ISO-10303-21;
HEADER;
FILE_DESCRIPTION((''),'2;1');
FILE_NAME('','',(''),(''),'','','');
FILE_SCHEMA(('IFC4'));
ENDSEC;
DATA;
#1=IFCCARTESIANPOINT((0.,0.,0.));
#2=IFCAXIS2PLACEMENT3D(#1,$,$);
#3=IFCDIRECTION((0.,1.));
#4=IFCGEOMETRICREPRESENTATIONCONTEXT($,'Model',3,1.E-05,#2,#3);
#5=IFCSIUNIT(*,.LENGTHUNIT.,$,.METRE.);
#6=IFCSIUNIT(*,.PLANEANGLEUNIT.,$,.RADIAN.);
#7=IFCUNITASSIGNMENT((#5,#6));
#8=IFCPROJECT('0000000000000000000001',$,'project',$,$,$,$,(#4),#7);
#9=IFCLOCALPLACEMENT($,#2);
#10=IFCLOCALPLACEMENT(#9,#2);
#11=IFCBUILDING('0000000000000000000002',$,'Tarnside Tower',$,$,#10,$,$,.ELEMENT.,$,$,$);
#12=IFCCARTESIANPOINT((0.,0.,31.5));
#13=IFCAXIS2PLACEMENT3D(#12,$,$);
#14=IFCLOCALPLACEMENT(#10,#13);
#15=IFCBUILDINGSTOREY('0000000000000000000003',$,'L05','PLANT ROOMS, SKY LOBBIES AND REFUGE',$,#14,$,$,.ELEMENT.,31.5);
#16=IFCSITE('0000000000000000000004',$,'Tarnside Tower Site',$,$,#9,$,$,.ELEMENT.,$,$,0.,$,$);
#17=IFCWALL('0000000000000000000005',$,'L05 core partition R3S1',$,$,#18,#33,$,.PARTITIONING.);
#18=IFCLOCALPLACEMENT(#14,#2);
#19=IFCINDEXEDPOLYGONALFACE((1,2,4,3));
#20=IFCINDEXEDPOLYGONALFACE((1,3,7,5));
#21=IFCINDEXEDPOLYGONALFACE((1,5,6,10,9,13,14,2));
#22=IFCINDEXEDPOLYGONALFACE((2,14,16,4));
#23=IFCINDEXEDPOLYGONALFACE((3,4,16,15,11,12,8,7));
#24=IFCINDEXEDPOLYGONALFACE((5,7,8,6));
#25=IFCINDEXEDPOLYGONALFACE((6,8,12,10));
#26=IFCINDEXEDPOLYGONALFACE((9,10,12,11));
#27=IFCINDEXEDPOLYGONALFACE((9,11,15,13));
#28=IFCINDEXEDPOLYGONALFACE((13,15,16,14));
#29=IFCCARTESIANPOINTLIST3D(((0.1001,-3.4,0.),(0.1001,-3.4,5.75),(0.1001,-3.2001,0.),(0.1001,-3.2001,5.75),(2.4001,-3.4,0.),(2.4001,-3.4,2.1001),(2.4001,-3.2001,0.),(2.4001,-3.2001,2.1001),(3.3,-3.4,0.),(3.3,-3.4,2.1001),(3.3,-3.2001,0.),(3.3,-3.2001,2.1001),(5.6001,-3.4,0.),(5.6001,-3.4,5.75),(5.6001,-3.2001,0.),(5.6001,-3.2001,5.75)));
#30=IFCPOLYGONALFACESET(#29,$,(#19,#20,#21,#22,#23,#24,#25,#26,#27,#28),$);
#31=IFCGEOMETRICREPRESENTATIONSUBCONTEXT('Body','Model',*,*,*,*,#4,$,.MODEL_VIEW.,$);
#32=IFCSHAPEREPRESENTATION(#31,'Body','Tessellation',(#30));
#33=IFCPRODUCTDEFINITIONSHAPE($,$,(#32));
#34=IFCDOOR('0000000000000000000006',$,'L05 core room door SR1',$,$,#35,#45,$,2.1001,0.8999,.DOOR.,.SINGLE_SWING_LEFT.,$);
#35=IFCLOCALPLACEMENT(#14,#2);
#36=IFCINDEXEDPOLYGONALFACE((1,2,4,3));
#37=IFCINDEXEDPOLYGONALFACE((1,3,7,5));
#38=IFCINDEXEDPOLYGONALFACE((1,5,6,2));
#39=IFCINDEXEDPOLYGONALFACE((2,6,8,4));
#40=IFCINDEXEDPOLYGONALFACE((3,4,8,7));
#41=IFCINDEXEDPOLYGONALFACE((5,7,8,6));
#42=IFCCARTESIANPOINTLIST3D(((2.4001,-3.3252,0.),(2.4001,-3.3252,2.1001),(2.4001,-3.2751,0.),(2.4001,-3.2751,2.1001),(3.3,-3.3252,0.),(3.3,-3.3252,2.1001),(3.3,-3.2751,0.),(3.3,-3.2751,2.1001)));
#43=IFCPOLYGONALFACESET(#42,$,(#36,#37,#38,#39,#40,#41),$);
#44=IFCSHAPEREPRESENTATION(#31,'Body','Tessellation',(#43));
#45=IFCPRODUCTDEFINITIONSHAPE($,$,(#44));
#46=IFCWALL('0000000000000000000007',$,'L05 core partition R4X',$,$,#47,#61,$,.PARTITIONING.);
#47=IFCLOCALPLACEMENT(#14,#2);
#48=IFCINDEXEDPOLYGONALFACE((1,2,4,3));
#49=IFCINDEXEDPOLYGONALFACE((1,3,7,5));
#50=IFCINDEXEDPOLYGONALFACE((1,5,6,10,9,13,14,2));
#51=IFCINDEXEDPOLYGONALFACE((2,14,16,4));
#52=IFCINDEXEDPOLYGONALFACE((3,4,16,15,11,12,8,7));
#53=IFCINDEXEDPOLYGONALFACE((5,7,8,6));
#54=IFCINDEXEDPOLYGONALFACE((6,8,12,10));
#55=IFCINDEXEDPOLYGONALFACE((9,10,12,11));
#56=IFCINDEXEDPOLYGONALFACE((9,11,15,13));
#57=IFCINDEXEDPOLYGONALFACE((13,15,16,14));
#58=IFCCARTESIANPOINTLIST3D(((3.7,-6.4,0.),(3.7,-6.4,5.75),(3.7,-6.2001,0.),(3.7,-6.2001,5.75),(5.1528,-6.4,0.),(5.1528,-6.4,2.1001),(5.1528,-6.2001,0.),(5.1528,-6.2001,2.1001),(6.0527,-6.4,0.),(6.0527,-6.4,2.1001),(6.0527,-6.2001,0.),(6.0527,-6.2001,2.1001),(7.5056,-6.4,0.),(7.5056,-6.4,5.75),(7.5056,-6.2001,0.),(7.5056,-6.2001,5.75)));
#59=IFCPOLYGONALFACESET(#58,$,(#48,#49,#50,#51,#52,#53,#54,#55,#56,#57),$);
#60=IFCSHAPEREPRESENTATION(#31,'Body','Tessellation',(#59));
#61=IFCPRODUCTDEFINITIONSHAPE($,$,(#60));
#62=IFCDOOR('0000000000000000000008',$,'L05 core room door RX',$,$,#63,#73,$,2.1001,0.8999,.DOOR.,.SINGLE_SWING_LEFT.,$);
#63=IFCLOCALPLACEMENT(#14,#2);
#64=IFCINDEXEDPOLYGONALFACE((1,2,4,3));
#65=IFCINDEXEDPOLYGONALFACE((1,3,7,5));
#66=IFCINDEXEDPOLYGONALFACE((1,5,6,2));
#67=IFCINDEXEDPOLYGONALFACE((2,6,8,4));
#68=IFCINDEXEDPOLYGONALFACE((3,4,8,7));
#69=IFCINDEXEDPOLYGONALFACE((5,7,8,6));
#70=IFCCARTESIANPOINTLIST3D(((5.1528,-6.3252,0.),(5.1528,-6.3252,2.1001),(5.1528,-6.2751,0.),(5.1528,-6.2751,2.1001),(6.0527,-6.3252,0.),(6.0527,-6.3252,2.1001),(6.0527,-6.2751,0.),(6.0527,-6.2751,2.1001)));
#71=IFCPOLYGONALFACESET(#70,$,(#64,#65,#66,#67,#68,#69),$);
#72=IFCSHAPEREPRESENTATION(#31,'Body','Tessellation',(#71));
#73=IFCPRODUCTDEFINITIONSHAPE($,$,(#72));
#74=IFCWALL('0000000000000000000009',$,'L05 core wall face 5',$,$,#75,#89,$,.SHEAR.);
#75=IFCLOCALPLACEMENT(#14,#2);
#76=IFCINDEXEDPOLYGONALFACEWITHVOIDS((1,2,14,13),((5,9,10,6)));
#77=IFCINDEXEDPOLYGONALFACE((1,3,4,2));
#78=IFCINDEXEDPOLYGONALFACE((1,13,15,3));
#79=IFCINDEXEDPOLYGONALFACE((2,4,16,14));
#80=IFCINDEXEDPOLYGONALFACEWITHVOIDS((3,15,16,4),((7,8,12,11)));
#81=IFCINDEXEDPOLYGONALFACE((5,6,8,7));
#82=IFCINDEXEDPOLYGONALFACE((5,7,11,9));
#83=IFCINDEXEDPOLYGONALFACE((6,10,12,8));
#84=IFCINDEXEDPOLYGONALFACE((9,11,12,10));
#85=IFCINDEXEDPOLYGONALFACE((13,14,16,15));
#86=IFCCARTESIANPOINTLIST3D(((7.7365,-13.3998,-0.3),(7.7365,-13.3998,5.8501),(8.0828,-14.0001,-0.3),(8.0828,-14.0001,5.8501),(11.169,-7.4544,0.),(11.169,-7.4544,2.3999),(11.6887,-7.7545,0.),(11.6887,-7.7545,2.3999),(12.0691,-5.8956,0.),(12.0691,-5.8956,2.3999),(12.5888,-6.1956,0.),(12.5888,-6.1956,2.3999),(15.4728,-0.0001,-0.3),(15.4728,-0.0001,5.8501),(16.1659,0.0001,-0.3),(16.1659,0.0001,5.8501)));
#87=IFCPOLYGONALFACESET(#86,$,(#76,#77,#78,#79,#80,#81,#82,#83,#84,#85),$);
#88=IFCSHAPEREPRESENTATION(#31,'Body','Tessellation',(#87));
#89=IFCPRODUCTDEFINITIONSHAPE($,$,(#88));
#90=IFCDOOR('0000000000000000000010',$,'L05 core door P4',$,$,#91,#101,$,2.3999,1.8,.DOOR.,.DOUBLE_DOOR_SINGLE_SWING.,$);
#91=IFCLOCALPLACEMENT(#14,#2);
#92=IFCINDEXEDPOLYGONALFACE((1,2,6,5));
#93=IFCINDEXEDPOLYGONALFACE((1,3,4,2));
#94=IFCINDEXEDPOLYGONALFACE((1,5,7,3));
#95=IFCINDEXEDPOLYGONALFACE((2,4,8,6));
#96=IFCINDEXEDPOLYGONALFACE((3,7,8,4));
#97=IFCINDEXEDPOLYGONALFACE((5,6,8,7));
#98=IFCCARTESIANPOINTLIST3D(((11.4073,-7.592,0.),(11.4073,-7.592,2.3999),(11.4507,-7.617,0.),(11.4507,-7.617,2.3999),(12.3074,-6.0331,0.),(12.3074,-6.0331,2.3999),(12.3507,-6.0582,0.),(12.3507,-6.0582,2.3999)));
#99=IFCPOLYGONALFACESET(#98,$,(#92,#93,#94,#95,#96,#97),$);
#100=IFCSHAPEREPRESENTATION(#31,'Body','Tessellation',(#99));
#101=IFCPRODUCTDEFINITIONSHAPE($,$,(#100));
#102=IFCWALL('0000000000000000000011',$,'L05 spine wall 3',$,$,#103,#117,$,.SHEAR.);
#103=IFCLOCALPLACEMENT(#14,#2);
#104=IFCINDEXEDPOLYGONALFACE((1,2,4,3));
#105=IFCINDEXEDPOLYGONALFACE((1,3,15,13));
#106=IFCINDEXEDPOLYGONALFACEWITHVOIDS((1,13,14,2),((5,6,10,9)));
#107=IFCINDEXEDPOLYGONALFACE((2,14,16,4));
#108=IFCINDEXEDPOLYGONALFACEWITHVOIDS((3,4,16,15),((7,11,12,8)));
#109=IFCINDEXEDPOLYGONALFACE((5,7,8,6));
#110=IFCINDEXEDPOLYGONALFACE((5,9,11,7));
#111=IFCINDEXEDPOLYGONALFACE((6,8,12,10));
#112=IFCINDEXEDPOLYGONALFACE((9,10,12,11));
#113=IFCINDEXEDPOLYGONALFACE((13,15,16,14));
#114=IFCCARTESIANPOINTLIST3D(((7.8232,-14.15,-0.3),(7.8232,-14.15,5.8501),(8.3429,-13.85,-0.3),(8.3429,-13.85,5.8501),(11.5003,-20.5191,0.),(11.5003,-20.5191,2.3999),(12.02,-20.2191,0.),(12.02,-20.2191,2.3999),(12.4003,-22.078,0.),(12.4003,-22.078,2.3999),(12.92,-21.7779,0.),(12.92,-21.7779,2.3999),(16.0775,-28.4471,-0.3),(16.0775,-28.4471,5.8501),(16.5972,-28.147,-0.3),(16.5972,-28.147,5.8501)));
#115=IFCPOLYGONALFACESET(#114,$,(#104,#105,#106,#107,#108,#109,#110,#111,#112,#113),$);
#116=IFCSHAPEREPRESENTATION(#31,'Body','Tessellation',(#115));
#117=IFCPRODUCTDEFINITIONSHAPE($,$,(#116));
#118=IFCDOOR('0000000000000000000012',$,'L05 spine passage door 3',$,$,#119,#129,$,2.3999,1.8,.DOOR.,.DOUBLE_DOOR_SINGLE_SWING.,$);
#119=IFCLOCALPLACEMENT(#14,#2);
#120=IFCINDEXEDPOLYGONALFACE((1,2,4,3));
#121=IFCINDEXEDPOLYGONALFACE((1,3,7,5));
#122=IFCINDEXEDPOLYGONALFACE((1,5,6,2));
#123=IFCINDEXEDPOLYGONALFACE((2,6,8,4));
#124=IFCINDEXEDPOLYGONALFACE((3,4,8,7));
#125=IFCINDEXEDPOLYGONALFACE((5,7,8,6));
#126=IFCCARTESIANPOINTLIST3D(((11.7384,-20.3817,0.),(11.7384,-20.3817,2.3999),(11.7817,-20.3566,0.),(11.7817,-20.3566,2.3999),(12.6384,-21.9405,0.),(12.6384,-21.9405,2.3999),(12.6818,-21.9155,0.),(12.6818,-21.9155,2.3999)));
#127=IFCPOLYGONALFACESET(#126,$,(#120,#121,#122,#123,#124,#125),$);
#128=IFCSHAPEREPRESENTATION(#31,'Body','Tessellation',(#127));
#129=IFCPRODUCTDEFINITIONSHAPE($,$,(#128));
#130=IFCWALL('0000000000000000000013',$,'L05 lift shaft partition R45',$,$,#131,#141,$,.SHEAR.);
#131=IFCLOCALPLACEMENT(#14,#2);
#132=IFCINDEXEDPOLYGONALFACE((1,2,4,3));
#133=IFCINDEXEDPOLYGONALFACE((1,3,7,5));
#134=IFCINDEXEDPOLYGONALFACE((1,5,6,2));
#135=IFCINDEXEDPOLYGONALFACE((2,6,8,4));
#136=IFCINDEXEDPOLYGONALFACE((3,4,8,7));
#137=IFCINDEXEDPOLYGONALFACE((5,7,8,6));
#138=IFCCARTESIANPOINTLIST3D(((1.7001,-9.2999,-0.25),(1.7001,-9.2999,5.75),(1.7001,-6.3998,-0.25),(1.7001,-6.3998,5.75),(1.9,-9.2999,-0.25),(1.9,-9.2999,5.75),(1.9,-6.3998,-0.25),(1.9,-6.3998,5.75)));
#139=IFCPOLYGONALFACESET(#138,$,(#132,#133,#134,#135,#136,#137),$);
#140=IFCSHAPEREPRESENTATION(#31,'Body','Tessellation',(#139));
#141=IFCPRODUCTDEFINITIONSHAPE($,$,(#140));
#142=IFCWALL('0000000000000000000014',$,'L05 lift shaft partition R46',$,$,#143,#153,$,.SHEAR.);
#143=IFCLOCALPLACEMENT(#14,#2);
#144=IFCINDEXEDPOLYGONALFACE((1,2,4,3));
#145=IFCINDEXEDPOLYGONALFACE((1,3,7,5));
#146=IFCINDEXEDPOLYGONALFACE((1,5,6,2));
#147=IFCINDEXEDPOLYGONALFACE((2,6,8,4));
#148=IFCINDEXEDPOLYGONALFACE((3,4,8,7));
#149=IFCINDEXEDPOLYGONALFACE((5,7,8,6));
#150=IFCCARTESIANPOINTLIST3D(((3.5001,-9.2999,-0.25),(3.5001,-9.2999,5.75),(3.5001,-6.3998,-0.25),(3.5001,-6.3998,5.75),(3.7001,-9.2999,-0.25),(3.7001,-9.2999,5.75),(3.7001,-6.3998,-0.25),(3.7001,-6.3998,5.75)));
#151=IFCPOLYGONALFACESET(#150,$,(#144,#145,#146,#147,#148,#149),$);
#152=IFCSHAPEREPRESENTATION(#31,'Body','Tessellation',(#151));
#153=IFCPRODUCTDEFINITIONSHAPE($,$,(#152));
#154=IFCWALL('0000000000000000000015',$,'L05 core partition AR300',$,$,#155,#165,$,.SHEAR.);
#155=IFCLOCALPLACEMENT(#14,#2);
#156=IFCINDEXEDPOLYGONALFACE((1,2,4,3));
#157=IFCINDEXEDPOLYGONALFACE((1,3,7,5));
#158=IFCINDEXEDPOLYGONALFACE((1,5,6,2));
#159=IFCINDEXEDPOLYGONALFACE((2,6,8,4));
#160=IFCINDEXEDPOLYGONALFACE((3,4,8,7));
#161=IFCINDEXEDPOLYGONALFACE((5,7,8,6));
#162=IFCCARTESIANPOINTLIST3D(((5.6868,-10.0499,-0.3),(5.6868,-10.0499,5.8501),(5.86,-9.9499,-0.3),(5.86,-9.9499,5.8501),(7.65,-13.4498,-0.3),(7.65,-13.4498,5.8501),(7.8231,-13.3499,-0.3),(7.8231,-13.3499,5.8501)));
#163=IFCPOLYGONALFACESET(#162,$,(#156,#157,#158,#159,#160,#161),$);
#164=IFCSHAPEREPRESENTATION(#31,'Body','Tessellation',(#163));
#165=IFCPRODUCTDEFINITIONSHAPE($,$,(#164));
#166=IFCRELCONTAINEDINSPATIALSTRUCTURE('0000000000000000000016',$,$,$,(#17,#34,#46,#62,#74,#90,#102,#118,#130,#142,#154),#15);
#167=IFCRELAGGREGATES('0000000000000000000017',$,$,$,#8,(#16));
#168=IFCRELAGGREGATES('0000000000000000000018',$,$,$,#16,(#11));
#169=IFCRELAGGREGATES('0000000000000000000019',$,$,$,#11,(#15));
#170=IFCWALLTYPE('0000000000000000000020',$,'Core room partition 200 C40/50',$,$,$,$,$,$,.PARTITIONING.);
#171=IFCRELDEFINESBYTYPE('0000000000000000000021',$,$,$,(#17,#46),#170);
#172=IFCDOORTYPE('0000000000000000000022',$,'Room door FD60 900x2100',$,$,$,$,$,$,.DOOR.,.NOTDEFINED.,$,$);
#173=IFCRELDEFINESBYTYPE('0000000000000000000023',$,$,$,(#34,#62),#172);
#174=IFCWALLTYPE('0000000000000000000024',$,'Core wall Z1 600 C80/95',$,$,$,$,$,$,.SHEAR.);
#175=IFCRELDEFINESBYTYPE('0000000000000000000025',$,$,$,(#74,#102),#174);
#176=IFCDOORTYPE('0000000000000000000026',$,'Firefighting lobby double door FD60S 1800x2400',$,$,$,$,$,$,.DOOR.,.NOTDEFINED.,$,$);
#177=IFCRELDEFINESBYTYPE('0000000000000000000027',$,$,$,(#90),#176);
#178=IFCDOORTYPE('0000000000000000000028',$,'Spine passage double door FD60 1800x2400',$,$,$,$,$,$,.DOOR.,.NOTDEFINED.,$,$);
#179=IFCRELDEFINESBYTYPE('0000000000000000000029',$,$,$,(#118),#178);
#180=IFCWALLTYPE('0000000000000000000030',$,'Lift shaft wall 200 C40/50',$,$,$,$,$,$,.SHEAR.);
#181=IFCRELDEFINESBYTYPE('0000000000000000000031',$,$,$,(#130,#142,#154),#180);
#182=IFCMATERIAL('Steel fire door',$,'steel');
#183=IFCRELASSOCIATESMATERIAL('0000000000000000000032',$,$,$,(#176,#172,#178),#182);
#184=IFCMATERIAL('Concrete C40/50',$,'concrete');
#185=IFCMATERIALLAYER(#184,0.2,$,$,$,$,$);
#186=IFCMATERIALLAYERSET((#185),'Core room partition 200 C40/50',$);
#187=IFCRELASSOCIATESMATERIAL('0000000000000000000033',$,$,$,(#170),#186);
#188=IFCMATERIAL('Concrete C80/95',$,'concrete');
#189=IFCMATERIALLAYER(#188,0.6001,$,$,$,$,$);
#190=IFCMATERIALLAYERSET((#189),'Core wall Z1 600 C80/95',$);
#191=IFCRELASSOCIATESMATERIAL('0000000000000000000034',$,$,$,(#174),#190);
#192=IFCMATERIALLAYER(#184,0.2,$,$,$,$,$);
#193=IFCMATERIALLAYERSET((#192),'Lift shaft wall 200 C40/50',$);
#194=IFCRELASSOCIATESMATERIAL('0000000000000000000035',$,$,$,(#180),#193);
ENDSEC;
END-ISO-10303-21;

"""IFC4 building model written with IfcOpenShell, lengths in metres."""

from ifc_helpers import new_model, si_unit, direction, frame, frame_2d, origin, place, context, subcontext, project, spatial, polyline, rectangle, outline, extrude, material, layer, layer_set, type_object, element, fill, save


model = new_model("IFC4")

# Units and contexts
model_context = context("Model", 3, precision=1e-05, world=origin(), true_north=direction((0.0, 1.0)))
body_context = subcontext(model_context, "Body", "Model", "MODEL_VIEW")
ifc_project = project(units=[si_unit("LENGTHUNIT", "METRE"), si_unit("PLANEANGLEUNIT", "RADIAN")], contexts=[model_context])

# Site, building, storey
site_placement = place(None, origin())
site = spatial("IfcSite", under=ifc_project, at=site_placement, Name="Tarnside Tower Site", CompositionType="ELEMENT", RefElevation=0.0)
building_placement = place(site_placement, origin())
building = spatial("IfcBuilding", under=site, at=building_placement, Name="Tarnside Tower", CompositionType="ELEMENT")
storey_placement = place(building_placement, frame((0.0, 0.0, 31.5)))
storey = spatial("IfcBuildingStorey", under=building, at=storey_placement, Name="L05", Description="PLANT ROOMS, SKY LOBBIES AND REFUGE", CompositionType="ELEMENT", Elevation=31.5)

# Shared definitions
ifc_material_1 = material(Name="Concrete C40/50", Category="concrete")

# Walls, openings, doors
ifc_material_2 = material(Name="Steel fire door", Category="steel")
door_type_1 = type_object("IfcDoorType", Name="Firefighting lobby double door FD60S 1800x2400", OperationType="NOTDEFINED", PredefinedType="DOOR", material=ifc_material_2)
ifc_layer_1 = layer(ifc_material_1, 0.2)
ifc_layer_set_1 = layer_set([ifc_layer_1], Name="Core room partition 200 C40/50")
wall_type_1 = type_object("IfcWallType", Name="Core room partition 200 C40/50", PredefinedType="PARTITIONING", material=ifc_layer_set_1)
wall_1_placement = place(storey_placement, frame((0.1001, -3.3, 0.0), z_axis=(0.0, 0.0, 1.0), x_axis=(1.0, 0.0, 0.0)))
wall_1 = element("IfcWall", 1, at=wall_1_placement, inside=storey, type_object=wall_type_1, Name="L05 core partition R3S1", PredefinedType="PARTITIONING", context=body_context, shape_type="SweptSolid", body=[
    extrude(rectangle(XDim=5.5, YDim=0.2, at=frame_2d((2.75, 0.0))), origin(), (0.0, 0.0, 1.0), 5.75),
])
opening_1_placement = place(wall_1_placement, frame((2.3, 0.0, 0.0)))
opening_1 = element("IfcOpeningElement", 2, at=opening_1_placement, cuts=wall_1, PredefinedType="OPENING", context=body_context, shape_type="SweptSolid", body=[
    extrude(rectangle(XDim=0.8999, YDim=2.1001, at=frame_2d((0.45, 1.05))), frame((0.0, 0.1099, 0.0), z_axis=(0.0, -1.0, 0.0), x_axis=(1.0, 0.0, 0.0)), (0.0, 0.0, 1.0), 0.22),
])
door_type_2 = type_object("IfcDoorType", Name="Room door FD60 900x2100", OperationType="NOTDEFINED", PredefinedType="DOOR", material=ifc_material_2)
door_1_placement = place(opening_1_placement, origin())
door_1 = element("IfcDoor", 3, at=door_1_placement, inside=storey, type_object=door_type_2, Name="L05 core room door SR1", OperationType="SINGLE_SWING_LEFT", OverallHeight=2.1001, OverallWidth=0.8999, PredefinedType="DOOR", context=body_context, shape_type="SweptSolid", body=[
    extrude(rectangle(XDim=0.8999, YDim=2.1001, at=frame_2d((0.45, 1.05))), frame((0.0, 0.0249, 0.0), z_axis=(0.0, -1.0, 0.0), x_axis=(1.0, 0.0, 0.0)), (0.0, 0.0, 1.0), 0.05),
])
fill(opening_1, door_1)
wall_2_placement = place(storey_placement, frame((3.7, -6.3, 0.0), z_axis=(0.0, 0.0, 1.0), x_axis=(1.0, 0.0, 0.0)))
wall_2 = element("IfcWall", 4, at=wall_2_placement, inside=storey, type_object=wall_type_1, Name="L05 core partition R4X", PredefinedType="PARTITIONING", context=body_context, shape_type="SweptSolid", body=[
    extrude(rectangle(XDim=3.8057, YDim=0.2, at=frame_2d((1.9028, 0.0))), origin(), (0.0, 0.0, 1.0), 5.75),
])
opening_2_placement = place(wall_2_placement, frame((1.4529, 0.0, 0.0)))
opening_2 = element("IfcOpeningElement", 5, at=opening_2_placement, cuts=wall_2, PredefinedType="OPENING", context=body_context, shape_type="SweptSolid", body=[
    extrude(rectangle(XDim=0.8999, YDim=2.1001, at=frame_2d((0.45, 1.05))), frame((0.0, 0.1099, 0.0), z_axis=(0.0, -1.0, 0.0), x_axis=(1.0, 0.0, 0.0)), (0.0, 0.0, 1.0), 0.22),
])
door_2_placement = place(opening_2_placement, origin())
door_2 = element("IfcDoor", 6, at=door_2_placement, inside=storey, type_object=door_type_2, Name="L05 core room door RX", OperationType="SINGLE_SWING_LEFT", OverallHeight=2.1001, OverallWidth=0.8999, PredefinedType="DOOR", context=body_context, shape_type="SweptSolid", body=[
    extrude(rectangle(XDim=0.8999, YDim=2.1001, at=frame_2d((0.45, 1.05))), frame((0.0, 0.0249, 0.0), z_axis=(0.0, -1.0, 0.0), x_axis=(1.0, 0.0, 0.0)), (0.0, 0.0, 1.0), 0.05),
])
fill(opening_2, door_2)
ifc_material_3 = material(Name="Concrete C80/95", Category="concrete")
ifc_layer_2 = layer(ifc_material_3, 0.6001)
ifc_layer_set_2 = layer_set([ifc_layer_2], Name="Core wall Z1 600 C80/95")
wall_type_2 = type_object("IfcWallType", Name="Core wall Z1 600 C80/95", PredefinedType="SHEAR", material=ifc_layer_set_2)
wall_3_placement = place(storey_placement, frame((7.9097, -13.7, -0.3), z_axis=(0.0, 0.0, 1.0), x_axis=(0.5, 0.866025, 0.0)))
wall_3 = element("IfcWall", 7, at=wall_3_placement, inside=storey, type_object=wall_type_2, Name="L05 core wall face 5", PredefinedType="SHEAR", context=body_context, shape_type="SweptSolid", body=[
    extrude(outline(polyline([(-0.1733, -0.3), (15.9927, -0.3), (15.646, 0.3), (0.1733, 0.3), (-0.1733, -0.3)])), origin(), (0.0, 0.0, 1.0), 6.1501),
])
opening_3_placement = place(wall_3_placement, frame((7.0386, 0.0, 0.3)))
opening_3 = element("IfcOpeningElement", 8, at=opening_3_placement, cuts=wall_3, PredefinedType="OPENING", context=body_context, shape_type="SweptSolid", body=[
    extrude(rectangle(XDim=1.8, YDim=2.3999, at=frame_2d((0.8999, 1.2))), frame((0.0, 0.3101, 0.0), z_axis=(0.0, -1.0, 0.0), x_axis=(1.0, 0.0, 0.0)), (0.0, 0.0, 1.0), 0.6201),
])
door_3_placement = place(opening_3_placement, origin())
door_3 = element("IfcDoor", 9, at=door_3_placement, inside=storey, type_object=door_type_1, Name="L05 core door P4", OperationType="DOUBLE_DOOR_SINGLE_SWING", OverallHeight=2.3999, OverallWidth=1.8, PredefinedType="DOOR", context=body_context, shape_type="SweptSolid", body=[
    extrude(rectangle(XDim=1.8, YDim=2.3999, at=frame_2d((0.8999, 1.2))), frame((0.0, 0.0249, 0.0), z_axis=(0.0, -1.0, 0.0), x_axis=(1.0, 0.0, 0.0)), (0.0, 0.0, 1.0), 0.05),
])
fill(opening_3, door_3)
wall_4_placement = place(storey_placement, frame((8.083, -14.0, -0.3), z_axis=(0.0, 0.0, 1.0), x_axis=(0.499998, -0.866027, 0.0)))
wall_4 = element("IfcWall", 10, at=wall_4_placement, inside=storey, type_object=wall_type_2, Name="L05 spine wall 3", PredefinedType="SHEAR", context=body_context, shape_type="SweptSolid", body=[
    extrude(rectangle(XDim=16.5088, YDim=0.6001, at=frame_2d((8.2544, 0.0))), origin(), (0.0, 0.0, 1.0), 6.1501),
])
opening_4_placement = place(wall_4_placement, frame((7.3545, 0.0, 0.3)))
opening_4 = element("IfcOpeningElement", 11, at=opening_4_placement, cuts=wall_4, PredefinedType="OPENING", context=body_context, shape_type="SweptSolid", body=[
    extrude(rectangle(XDim=1.8, YDim=2.3999, at=frame_2d((0.8999, 1.2))), frame((0.0, 0.3101, 0.0), z_axis=(0.0, -1.0, 0.0), x_axis=(1.0, 0.0, 0.0)), (0.0, 0.0, 1.0), 0.6201),
])
door_type_3 = type_object("IfcDoorType", Name="Spine passage double door FD60 1800x2400", OperationType="NOTDEFINED", PredefinedType="DOOR", material=ifc_material_2)
door_4_placement = place(opening_4_placement, origin())
door_4 = element("IfcDoor", 12, at=door_4_placement, inside=storey, type_object=door_type_3, Name="L05 spine passage door 3", OperationType="DOUBLE_DOOR_SINGLE_SWING", OverallHeight=2.3999, OverallWidth=1.8, PredefinedType="DOOR", context=body_context, shape_type="SweptSolid", body=[
    extrude(rectangle(XDim=1.8, YDim=2.3999, at=frame_2d((0.8999, 1.2))), frame((0.0, 0.0249, 0.0), z_axis=(0.0, -1.0, 0.0), x_axis=(1.0, 0.0, 0.0)), (0.0, 0.0, 1.0), 0.05),
])
fill(opening_4, door_4)

# Walls
ifc_layer_3 = layer(ifc_material_1, 0.2)
ifc_layer_set_3 = layer_set([ifc_layer_3], Name="Lift shaft wall 200 C40/50")
wall_type_3 = type_object("IfcWallType", Name="Lift shaft wall 200 C40/50", PredefinedType="SHEAR", material=ifc_layer_set_3)
for number, where, z_axis, x_axis, name in (
    (13, (1.8, -9.3, -0.25), (0.0, 0.0, 1.0), (0.0, 1.0, 0.0), "L05 lift shaft partition R45"),
    (14, (3.6001, -9.3, -0.25), (0.0, 0.0, 1.0), (0.0, 1.0, 0.0), "L05 lift shaft partition R46"),
):
    element("IfcWall", number, at=place(storey_placement, frame(where, z_axis=z_axis, x_axis=x_axis)), inside=storey, type_object=wall_type_3, Name=name, PredefinedType="SHEAR", context=body_context, shape_type="SweptSolid", body=[
        extrude(rectangle(XDim=2.9001, YDim=0.2, at=frame_2d((1.4502, 0.0))), origin(), (0.0, 0.0, 1.0), 6.0),
    ])
wall_5_placement = place(storey_placement, frame((5.7734, -10.0, -0.3), z_axis=(0.0, 0.0, 1.0), x_axis=(0.500038, -0.866003, 0.0)))
element("IfcWall", 15, at=wall_5_placement, inside=storey, type_object=wall_type_3, Name="L05 core partition AR300", PredefinedType="SHEAR", context=body_context, shape_type="SweptSolid", body=[
    extrude(rectangle(XDim=3.926, YDim=0.2, at=frame_2d((1.9629, 0.0))), origin(), (0.0, 0.0, 1.0), 6.1501),
])

save(model, "model.ifc")
